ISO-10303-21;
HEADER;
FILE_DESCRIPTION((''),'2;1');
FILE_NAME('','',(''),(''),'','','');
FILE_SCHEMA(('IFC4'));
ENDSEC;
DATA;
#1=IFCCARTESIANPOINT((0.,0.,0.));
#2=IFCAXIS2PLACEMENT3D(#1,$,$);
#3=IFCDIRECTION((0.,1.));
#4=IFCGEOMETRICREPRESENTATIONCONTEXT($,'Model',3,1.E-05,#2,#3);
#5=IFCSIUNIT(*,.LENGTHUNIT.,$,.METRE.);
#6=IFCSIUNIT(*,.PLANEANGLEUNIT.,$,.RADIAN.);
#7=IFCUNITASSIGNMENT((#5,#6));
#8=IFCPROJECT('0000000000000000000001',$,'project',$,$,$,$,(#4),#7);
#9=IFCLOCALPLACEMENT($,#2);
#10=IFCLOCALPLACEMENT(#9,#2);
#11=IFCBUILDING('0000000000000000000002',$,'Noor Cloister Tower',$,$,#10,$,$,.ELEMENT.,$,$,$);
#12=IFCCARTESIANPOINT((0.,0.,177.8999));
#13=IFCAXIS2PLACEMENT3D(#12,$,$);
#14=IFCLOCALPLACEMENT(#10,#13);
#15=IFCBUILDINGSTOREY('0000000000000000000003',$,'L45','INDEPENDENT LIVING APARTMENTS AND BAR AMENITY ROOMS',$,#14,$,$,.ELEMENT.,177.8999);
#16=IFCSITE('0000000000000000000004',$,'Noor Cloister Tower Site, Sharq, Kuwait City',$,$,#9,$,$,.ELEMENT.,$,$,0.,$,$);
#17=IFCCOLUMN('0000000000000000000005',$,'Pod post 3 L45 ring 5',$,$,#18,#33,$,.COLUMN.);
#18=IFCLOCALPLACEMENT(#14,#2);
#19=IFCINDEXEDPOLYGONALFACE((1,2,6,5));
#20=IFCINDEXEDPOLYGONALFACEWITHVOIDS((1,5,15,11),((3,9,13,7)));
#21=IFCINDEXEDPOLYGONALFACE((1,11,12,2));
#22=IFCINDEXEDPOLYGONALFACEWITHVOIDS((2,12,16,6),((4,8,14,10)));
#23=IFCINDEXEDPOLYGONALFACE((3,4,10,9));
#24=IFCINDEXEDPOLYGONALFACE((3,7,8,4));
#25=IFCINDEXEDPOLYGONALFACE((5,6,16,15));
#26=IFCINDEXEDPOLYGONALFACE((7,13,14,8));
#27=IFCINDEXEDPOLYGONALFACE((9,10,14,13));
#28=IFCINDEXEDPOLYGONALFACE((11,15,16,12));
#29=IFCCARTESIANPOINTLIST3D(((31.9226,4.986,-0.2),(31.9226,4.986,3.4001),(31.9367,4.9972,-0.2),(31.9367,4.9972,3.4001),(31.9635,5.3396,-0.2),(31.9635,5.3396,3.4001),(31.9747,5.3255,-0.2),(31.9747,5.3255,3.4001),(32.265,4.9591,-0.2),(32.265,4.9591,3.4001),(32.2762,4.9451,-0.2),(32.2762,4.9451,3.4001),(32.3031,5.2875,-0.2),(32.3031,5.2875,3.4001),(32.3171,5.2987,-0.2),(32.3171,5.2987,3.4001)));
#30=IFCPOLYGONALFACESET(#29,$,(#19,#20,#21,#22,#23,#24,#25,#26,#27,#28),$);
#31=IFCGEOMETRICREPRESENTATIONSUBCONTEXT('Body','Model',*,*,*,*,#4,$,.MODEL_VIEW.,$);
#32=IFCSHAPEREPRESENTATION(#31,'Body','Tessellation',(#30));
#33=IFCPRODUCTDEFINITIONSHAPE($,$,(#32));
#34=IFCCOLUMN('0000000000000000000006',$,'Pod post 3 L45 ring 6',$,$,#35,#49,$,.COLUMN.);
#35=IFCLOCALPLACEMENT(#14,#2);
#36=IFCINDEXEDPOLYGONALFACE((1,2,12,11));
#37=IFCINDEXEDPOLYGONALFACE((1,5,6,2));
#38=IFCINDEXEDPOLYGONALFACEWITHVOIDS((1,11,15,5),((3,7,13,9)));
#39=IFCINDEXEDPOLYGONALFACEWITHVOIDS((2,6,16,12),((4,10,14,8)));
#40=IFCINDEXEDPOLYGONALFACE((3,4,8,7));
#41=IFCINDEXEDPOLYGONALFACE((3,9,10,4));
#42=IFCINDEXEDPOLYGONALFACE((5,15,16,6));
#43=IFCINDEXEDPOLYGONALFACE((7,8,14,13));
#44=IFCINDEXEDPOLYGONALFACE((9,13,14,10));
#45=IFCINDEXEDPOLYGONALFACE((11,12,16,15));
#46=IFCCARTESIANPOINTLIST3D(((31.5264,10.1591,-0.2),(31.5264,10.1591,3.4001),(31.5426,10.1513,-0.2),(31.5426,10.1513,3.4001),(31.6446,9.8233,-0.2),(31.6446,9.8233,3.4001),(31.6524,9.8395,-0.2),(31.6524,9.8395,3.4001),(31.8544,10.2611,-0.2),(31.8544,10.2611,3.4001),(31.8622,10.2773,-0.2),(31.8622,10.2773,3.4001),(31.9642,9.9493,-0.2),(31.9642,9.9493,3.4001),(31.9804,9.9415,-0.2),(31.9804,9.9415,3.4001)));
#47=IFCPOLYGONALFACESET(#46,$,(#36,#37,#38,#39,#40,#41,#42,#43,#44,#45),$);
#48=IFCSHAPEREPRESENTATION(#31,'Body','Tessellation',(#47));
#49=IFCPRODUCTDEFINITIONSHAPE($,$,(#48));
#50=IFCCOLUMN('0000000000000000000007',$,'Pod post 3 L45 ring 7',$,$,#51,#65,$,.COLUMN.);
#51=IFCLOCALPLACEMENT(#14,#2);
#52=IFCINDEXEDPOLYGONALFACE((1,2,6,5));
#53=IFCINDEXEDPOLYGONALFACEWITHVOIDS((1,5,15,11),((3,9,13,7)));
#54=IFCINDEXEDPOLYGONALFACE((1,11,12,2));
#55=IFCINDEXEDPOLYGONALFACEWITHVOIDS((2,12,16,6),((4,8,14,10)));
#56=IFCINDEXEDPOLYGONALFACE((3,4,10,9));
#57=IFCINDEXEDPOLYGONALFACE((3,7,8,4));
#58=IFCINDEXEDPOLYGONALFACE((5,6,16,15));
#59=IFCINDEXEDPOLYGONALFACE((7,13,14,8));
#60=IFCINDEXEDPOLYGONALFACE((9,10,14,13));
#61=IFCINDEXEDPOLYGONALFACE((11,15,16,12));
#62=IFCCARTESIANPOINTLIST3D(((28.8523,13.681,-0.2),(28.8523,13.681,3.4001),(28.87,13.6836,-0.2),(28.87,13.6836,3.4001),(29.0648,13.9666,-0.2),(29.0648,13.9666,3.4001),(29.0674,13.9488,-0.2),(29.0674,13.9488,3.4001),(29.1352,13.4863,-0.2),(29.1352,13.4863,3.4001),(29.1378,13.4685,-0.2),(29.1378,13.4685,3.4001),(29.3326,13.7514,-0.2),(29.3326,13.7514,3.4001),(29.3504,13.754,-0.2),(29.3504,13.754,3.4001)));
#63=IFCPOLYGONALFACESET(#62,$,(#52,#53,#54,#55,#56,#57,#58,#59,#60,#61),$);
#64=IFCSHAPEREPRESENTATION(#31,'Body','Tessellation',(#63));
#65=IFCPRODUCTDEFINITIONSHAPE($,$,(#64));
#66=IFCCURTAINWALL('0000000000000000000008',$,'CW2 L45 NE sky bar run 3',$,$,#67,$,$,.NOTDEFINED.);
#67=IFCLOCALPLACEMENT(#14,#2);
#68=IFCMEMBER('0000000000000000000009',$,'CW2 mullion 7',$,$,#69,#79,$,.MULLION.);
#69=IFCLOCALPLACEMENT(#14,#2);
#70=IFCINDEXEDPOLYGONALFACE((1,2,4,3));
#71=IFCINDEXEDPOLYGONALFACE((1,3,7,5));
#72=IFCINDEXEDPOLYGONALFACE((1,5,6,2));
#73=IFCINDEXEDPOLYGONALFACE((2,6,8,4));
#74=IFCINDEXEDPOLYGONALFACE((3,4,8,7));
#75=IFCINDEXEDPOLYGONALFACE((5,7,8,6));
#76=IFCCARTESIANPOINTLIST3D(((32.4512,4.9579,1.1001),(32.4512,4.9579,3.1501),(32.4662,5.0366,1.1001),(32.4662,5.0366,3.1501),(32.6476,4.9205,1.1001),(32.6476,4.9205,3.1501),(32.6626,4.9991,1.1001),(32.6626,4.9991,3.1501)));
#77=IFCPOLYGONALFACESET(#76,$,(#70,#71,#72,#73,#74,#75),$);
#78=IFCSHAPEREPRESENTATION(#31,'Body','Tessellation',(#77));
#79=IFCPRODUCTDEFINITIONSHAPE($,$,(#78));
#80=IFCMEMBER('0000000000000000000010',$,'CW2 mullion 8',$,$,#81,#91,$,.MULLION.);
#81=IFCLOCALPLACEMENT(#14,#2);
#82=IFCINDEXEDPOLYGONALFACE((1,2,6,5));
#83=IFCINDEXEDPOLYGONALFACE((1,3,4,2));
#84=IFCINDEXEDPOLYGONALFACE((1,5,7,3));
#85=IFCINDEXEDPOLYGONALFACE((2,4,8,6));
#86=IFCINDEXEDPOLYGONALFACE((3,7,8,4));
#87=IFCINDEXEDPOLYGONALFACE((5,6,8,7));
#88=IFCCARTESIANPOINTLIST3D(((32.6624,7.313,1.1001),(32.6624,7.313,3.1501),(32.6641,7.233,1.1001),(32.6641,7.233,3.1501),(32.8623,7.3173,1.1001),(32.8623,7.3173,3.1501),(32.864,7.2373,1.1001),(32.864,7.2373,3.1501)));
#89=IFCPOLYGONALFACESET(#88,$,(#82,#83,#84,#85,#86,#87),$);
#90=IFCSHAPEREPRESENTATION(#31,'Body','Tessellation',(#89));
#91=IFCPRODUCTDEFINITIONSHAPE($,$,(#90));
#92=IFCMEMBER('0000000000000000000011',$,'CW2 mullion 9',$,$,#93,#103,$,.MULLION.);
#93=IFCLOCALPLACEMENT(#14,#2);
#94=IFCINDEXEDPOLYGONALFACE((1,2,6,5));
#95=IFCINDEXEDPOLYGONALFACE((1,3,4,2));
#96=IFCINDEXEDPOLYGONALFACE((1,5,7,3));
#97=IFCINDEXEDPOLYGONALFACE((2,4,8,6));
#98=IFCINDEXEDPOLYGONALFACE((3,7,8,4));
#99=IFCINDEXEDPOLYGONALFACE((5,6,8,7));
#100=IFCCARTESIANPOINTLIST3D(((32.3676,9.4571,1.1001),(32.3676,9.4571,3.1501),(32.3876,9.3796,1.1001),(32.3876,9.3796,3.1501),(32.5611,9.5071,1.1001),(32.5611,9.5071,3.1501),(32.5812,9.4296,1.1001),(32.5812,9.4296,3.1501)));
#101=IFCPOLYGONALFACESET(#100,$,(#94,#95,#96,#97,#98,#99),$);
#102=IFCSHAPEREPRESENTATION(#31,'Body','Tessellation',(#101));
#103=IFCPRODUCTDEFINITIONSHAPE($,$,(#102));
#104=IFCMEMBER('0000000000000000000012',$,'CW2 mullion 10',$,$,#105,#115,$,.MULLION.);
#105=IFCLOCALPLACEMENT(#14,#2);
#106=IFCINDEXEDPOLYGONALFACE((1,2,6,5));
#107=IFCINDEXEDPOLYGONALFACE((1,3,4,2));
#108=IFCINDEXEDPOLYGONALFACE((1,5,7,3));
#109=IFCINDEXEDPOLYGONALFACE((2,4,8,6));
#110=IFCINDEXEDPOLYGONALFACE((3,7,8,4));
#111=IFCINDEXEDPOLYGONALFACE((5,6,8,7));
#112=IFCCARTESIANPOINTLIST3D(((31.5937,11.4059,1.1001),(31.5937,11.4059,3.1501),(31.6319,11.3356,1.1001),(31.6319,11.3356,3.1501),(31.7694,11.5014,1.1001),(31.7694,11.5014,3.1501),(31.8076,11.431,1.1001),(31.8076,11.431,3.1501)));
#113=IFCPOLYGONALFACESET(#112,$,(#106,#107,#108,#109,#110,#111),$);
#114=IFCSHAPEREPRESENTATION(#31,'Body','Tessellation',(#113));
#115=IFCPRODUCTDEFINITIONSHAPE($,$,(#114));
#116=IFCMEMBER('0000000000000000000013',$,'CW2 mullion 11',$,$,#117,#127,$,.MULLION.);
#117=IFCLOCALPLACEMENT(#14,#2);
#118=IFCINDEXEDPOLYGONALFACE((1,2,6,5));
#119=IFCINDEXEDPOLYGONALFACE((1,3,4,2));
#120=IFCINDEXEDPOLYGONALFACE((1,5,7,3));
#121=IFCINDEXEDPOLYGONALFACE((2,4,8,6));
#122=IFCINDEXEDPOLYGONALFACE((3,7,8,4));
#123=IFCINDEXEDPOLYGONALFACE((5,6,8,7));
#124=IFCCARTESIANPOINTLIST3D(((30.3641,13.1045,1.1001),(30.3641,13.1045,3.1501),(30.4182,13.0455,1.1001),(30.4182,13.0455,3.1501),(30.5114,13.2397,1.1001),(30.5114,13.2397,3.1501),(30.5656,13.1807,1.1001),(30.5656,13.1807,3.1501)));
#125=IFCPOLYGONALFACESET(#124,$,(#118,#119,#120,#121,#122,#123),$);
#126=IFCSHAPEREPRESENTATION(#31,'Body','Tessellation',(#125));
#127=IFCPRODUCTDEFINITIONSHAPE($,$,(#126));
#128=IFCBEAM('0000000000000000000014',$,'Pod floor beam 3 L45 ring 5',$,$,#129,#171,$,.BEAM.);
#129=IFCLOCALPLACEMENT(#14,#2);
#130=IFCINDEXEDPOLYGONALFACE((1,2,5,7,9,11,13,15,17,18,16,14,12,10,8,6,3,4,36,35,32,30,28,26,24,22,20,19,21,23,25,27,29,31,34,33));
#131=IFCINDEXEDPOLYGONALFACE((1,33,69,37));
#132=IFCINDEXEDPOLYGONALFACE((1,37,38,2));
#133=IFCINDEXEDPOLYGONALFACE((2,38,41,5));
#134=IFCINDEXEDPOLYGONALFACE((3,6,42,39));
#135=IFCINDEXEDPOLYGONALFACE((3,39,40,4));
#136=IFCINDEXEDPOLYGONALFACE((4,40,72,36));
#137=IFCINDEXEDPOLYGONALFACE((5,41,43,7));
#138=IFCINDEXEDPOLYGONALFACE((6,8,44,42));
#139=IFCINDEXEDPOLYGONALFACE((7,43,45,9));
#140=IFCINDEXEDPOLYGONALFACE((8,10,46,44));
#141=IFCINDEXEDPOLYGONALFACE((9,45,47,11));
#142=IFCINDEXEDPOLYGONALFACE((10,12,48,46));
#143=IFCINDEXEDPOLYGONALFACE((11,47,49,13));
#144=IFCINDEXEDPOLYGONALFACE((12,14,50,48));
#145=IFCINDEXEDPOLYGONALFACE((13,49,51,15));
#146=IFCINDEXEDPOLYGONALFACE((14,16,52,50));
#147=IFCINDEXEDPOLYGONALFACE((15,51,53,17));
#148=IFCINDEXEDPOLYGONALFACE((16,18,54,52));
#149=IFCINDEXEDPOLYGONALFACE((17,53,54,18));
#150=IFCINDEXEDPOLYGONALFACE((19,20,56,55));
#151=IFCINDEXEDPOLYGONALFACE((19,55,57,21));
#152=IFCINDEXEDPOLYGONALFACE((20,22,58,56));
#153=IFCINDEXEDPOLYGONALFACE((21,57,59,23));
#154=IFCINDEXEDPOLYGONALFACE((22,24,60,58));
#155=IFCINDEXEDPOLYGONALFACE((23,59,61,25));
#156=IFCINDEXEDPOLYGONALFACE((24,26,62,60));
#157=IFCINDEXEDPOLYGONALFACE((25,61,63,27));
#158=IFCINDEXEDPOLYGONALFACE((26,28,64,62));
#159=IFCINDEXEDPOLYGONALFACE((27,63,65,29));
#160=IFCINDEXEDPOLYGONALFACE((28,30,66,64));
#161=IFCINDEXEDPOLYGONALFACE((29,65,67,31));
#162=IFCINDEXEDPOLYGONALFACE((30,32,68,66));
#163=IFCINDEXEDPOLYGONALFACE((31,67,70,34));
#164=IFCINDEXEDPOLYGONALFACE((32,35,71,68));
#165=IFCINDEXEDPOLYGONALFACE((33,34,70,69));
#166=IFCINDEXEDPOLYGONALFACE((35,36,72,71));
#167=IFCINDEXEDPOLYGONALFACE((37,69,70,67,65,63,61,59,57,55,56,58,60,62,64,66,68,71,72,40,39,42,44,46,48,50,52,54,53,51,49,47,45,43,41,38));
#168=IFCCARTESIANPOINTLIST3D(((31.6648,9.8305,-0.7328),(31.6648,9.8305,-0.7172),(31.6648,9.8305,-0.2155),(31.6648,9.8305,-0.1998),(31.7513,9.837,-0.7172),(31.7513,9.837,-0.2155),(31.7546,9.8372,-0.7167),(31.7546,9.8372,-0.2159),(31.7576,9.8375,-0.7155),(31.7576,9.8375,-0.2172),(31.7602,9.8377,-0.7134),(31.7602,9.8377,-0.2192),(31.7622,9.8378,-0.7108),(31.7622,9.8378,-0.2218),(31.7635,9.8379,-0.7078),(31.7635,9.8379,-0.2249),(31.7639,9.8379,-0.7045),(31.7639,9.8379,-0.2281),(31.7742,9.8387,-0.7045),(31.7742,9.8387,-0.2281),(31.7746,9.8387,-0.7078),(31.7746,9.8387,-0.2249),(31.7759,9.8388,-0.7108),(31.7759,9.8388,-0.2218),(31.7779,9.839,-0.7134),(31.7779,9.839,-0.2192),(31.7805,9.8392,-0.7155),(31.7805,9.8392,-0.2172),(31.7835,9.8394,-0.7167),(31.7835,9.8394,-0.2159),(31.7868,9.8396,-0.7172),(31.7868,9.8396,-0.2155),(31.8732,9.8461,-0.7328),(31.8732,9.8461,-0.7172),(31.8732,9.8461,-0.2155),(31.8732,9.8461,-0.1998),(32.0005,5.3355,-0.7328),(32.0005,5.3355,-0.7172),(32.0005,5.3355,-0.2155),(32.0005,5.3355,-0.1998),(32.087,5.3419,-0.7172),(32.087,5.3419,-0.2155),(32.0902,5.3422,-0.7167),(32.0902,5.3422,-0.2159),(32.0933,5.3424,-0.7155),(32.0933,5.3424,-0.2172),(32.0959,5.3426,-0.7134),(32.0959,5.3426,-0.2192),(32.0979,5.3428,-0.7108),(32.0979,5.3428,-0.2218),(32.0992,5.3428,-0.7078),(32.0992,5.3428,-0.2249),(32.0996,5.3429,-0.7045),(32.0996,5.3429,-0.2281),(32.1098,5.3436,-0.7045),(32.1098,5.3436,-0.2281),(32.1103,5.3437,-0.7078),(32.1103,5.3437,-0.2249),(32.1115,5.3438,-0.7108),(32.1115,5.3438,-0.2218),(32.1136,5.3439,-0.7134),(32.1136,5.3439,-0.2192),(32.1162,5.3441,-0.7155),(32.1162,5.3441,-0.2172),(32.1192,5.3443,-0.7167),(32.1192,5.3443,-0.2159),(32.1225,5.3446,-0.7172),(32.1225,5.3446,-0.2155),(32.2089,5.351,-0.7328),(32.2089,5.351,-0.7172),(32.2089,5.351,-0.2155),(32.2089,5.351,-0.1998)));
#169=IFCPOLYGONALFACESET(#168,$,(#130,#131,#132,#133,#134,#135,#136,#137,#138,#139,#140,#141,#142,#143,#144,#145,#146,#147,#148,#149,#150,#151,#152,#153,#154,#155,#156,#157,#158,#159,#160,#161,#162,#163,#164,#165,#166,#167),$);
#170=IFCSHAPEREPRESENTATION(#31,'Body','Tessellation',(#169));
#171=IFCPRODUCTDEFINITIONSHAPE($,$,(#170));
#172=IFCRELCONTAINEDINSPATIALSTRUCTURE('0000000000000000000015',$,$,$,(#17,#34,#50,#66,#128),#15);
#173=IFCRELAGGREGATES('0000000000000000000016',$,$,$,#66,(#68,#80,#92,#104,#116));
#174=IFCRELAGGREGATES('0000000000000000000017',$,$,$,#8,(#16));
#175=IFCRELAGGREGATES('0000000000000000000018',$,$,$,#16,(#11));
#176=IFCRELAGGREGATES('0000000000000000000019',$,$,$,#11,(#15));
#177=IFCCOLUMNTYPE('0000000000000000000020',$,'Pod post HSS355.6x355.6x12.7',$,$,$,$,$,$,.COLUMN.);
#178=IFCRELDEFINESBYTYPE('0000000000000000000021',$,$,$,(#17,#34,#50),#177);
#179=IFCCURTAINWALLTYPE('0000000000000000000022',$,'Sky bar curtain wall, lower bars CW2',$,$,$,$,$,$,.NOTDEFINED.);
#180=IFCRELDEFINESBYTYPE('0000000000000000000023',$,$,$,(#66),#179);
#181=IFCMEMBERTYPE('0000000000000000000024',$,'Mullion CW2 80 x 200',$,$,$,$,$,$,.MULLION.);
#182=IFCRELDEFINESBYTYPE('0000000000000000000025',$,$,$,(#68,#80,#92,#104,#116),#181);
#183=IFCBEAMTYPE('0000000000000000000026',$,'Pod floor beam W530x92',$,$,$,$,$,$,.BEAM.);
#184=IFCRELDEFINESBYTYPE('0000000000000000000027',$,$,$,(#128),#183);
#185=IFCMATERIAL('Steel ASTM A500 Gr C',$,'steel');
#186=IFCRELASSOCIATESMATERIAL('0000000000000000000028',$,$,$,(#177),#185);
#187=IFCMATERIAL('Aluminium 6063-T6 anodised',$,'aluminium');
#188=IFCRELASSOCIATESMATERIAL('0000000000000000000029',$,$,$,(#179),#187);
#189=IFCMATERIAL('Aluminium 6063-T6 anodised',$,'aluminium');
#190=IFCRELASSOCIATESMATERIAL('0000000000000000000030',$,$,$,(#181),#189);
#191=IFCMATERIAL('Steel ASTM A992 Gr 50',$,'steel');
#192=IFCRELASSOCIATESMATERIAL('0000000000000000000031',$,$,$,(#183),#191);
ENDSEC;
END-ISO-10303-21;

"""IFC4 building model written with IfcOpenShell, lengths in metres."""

from ifc_helpers import new_model, si_unit, direction, frame, origin, origin_2d, place, context, subcontext, project, spatial, rectangle, hollow_rectangle, i_section, extrude, material, material_profile, profile_set, type_object, element, aggregate, save


model = new_model("IFC4")

# Units and contexts
model_context = context("Model", 3, precision=1e-05, world=origin(), true_north=direction((0.0, 1.0)))
body_context = subcontext(model_context, "Body", "Model", "MODEL_VIEW")
ifc_project = project(units=[si_unit("LENGTHUNIT", "METRE"), si_unit("PLANEANGLEUNIT", "RADIAN")], contexts=[model_context])

# Site, building, storey
site_placement = place(None, origin())
site = spatial("IfcSite", under=ifc_project, at=site_placement, Name="Noor Cloister Tower Site, Sharq, Kuwait City", CompositionType="ELEMENT", RefElevation=0.0)
building_placement = place(site_placement, origin())
building = spatial("IfcBuilding", under=site, at=building_placement, Name="Noor Cloister Tower", CompositionType="ELEMENT")
storey_placement = place(building_placement, frame((0.0, 0.0, 177.8999)))
storey = spatial("IfcBuildingStorey", under=building, at=storey_placement, Name="L45", Description="INDEPENDENT LIVING APARTMENTS AND BAR AMENITY ROOMS", CompositionType="ELEMENT", Elevation=177.8999)

# Columns
ifc_material_1 = material(Name="Steel ASTM A500 Gr C", Category="steel")
ifc_material_profile_1 = material_profile(ifc_material_1, hollow_rectangle(XDim=0.356, YDim=0.356, WallThickness=0.0127, at=origin_2d()), Name="HSS355.6x355.6x12.7")
ifc_profile_set_1 = profile_set([ifc_material_profile_1], Name="Steel ASTM A500 Gr C")
column_type = type_object("IfcColumnType", Name="Pod post HSS355.6x355.6x12.7", PredefinedType="COLUMN", material=ifc_profile_set_1)
for number, where, z_axis, x_axis, name in (
    (1, (32.1199, 5.1423, -0.2), (0.0, 0.0, 1.0), (0.115028, 0.993362, 0.0), "Pod post 3 L45 ring 5"),
    (2, (31.7534, 10.0503, -0.2), (0.0, 0.0, 1.0), (-0.332035, 0.943267, 0.0), "Pod post 3 L45 ring 6"),
    (3, (29.1013, 13.7175, -0.2), (0.0, 0.0, 1.0), (-0.802222, 0.597026, 0.0), "Pod post 3 L45 ring 7"),
):
    element("IfcColumn", number, at=place(storey_placement, frame(where, z_axis=z_axis, x_axis=x_axis)), inside=storey, type_object=column_type, Name=name, PredefinedType="COLUMN", context=body_context, shape_type="SweptSolid", body=[
        extrude(hollow_rectangle(XDim=0.356, YDim=0.356, WallThickness=0.0127, at=origin_2d()), origin(), (0.0, 0.0, 1.0), 3.6001),
    ])

# Curtain wall, members
ifc_material_2 = material(Name="Aluminium 6063-T6 anodised", Category="aluminium")
curtain_wall_type = type_object("IfcCurtainWallType", Name="Sky bar curtain wall, lower bars CW2", PredefinedType="NOTDEFINED", material=ifc_material_2)
curtain_wall_placement = place(storey_placement, origin())
curtain_wall = element("IfcCurtainWall", 4, at=curtain_wall_placement, inside=storey, type_object=curtain_wall_type, Name="CW2 L45 NE sky bar run 3", PredefinedType="NOTDEFINED")
ifc_material_3 = material(Name="Aluminium 6063-T6 anodised", Category="aluminium")
ifc_material_profile_2 = material_profile(ifc_material_3, rectangle(XDim=0.2, YDim=0.0801, at=origin_2d()), Name="200 x 80 mullion")
ifc_profile_set_2 = profile_set([ifc_material_profile_2], Name="Aluminium 6063-T6 anodised")
member_type = type_object("IfcMemberType", Name="Mullion CW2 80 x 200", PredefinedType="MULLION", material=ifc_profile_set_2)
member_1_placement = place(storey_placement, frame((32.5569, 4.9785, 1.1001), z_axis=(0.0, 0.0, 1.0), x_axis=(-0.98229, 0.187368, 0.0)))
member_1 = element("IfcMember", 5, at=member_1_placement, type_object=member_type, Name="CW2 mullion 7", PredefinedType="MULLION", context=body_context, shape_type="SweptSolid", body=[
    extrude(rectangle(XDim=0.2, YDim=0.0801, at=origin_2d()), origin(), (0.0, 0.0, 1.0), 2.05),
])
member_2_placement = place(storey_placement, frame((32.7632, 7.2751, 1.1001), z_axis=(0.0, 0.0, 1.0), x_axis=(-0.999771, -0.021415, 0.0)))
member_2 = element("IfcMember", 6, at=member_2_placement, type_object=member_type, Name="CW2 mullion 8", PredefinedType="MULLION", context=body_context, shape_type="SweptSolid", body=[
    extrude(rectangle(XDim=0.2, YDim=0.0801, at=origin_2d()), origin(), (0.0, 0.0, 1.0), 2.05),
])
member_3_placement = place(storey_placement, frame((32.4744, 9.4434, 1.1001), z_axis=(0.0, 0.0, 1.0), x_axis=(-0.968192, -0.250209, 0.0)))
member_3 = element("IfcMember", 7, at=member_3_placement, type_object=member_type, Name="CW2 mullion 9", PredefinedType="MULLION", context=body_context, shape_type="SweptSolid", body=[
    extrude(rectangle(XDim=0.2, YDim=0.0801, at=origin_2d()), origin(), (0.0, 0.0, 1.0), 2.05),
])
member_4_placement = place(storey_placement, frame((31.7007, 11.4185, 1.1001), z_axis=(0.0, 0.0, 1.0), x_axis=(-0.878722, -0.477334, 0.0)))
member_4 = element("IfcMember", 8, at=member_4_placement, type_object=member_type, Name="CW2 mullion 10", PredefinedType="MULLION", context=body_context, shape_type="SweptSolid", body=[
    extrude(rectangle(XDim=0.2, YDim=0.0801, at=origin_2d()), origin(), (0.0, 0.0, 1.0), 2.05),
])
member_5_placement = place(storey_placement, frame((30.4648, 13.1426, 1.1001), z_axis=(0.0, 0.0, 1.0), x_axis=(-0.736888, -0.676015, 0.0)))
member_5 = element("IfcMember", 9, at=member_5_placement, type_object=member_type, Name="CW2 mullion 11", PredefinedType="MULLION", context=body_context, shape_type="SweptSolid", body=[
    extrude(rectangle(XDim=0.2, YDim=0.0801, at=origin_2d()), origin(), (0.0, 0.0, 1.0), 2.05),
])

# Beam
ifc_material_4 = material(Name="Steel ASTM A992 Gr 50", Category="steel")
ifc_material_profile_3 = material_profile(ifc_material_4, i_section(OverallWidth=0.209, OverallDepth=0.533, WebThickness=0.0103, FlangeThickness=0.0156, FilletRadius=0.0127, at=origin_2d()), Name="W530x92")
ifc_profile_set_3 = profile_set([ifc_material_profile_3], Name="Steel ASTM A992 Gr 50")
beam_type = type_object("IfcBeamType", Name="Pod floor beam W530x92", PredefinedType="BEAM", material=ifc_profile_set_3)
beam_1_placement = place(storey_placement, frame((32.1047, 5.3433, -0.4663), z_axis=(-0.074472, 0.997223, 0.0), x_axis=(-0.997223, -0.074472, 0.0)))
element("IfcBeam", 10, at=beam_1_placement, inside=storey, type_object=beam_type, Name="Pod floor beam 3 L45 ring 5", PredefinedType="BEAM", context=body_context, shape_type="SweptSolid", body=[
    extrude(i_section(OverallWidth=0.209, OverallDepth=0.533, WebThickness=0.0103, FlangeThickness=0.0156, FilletRadius=0.0127, at=origin_2d()), origin(), (0.0, 0.0, 1.0), 4.5076),
])

aggregate(curtain_wall, [member_1, member_2, member_3, member_4, member_5])

save(model, "model.ifc")
